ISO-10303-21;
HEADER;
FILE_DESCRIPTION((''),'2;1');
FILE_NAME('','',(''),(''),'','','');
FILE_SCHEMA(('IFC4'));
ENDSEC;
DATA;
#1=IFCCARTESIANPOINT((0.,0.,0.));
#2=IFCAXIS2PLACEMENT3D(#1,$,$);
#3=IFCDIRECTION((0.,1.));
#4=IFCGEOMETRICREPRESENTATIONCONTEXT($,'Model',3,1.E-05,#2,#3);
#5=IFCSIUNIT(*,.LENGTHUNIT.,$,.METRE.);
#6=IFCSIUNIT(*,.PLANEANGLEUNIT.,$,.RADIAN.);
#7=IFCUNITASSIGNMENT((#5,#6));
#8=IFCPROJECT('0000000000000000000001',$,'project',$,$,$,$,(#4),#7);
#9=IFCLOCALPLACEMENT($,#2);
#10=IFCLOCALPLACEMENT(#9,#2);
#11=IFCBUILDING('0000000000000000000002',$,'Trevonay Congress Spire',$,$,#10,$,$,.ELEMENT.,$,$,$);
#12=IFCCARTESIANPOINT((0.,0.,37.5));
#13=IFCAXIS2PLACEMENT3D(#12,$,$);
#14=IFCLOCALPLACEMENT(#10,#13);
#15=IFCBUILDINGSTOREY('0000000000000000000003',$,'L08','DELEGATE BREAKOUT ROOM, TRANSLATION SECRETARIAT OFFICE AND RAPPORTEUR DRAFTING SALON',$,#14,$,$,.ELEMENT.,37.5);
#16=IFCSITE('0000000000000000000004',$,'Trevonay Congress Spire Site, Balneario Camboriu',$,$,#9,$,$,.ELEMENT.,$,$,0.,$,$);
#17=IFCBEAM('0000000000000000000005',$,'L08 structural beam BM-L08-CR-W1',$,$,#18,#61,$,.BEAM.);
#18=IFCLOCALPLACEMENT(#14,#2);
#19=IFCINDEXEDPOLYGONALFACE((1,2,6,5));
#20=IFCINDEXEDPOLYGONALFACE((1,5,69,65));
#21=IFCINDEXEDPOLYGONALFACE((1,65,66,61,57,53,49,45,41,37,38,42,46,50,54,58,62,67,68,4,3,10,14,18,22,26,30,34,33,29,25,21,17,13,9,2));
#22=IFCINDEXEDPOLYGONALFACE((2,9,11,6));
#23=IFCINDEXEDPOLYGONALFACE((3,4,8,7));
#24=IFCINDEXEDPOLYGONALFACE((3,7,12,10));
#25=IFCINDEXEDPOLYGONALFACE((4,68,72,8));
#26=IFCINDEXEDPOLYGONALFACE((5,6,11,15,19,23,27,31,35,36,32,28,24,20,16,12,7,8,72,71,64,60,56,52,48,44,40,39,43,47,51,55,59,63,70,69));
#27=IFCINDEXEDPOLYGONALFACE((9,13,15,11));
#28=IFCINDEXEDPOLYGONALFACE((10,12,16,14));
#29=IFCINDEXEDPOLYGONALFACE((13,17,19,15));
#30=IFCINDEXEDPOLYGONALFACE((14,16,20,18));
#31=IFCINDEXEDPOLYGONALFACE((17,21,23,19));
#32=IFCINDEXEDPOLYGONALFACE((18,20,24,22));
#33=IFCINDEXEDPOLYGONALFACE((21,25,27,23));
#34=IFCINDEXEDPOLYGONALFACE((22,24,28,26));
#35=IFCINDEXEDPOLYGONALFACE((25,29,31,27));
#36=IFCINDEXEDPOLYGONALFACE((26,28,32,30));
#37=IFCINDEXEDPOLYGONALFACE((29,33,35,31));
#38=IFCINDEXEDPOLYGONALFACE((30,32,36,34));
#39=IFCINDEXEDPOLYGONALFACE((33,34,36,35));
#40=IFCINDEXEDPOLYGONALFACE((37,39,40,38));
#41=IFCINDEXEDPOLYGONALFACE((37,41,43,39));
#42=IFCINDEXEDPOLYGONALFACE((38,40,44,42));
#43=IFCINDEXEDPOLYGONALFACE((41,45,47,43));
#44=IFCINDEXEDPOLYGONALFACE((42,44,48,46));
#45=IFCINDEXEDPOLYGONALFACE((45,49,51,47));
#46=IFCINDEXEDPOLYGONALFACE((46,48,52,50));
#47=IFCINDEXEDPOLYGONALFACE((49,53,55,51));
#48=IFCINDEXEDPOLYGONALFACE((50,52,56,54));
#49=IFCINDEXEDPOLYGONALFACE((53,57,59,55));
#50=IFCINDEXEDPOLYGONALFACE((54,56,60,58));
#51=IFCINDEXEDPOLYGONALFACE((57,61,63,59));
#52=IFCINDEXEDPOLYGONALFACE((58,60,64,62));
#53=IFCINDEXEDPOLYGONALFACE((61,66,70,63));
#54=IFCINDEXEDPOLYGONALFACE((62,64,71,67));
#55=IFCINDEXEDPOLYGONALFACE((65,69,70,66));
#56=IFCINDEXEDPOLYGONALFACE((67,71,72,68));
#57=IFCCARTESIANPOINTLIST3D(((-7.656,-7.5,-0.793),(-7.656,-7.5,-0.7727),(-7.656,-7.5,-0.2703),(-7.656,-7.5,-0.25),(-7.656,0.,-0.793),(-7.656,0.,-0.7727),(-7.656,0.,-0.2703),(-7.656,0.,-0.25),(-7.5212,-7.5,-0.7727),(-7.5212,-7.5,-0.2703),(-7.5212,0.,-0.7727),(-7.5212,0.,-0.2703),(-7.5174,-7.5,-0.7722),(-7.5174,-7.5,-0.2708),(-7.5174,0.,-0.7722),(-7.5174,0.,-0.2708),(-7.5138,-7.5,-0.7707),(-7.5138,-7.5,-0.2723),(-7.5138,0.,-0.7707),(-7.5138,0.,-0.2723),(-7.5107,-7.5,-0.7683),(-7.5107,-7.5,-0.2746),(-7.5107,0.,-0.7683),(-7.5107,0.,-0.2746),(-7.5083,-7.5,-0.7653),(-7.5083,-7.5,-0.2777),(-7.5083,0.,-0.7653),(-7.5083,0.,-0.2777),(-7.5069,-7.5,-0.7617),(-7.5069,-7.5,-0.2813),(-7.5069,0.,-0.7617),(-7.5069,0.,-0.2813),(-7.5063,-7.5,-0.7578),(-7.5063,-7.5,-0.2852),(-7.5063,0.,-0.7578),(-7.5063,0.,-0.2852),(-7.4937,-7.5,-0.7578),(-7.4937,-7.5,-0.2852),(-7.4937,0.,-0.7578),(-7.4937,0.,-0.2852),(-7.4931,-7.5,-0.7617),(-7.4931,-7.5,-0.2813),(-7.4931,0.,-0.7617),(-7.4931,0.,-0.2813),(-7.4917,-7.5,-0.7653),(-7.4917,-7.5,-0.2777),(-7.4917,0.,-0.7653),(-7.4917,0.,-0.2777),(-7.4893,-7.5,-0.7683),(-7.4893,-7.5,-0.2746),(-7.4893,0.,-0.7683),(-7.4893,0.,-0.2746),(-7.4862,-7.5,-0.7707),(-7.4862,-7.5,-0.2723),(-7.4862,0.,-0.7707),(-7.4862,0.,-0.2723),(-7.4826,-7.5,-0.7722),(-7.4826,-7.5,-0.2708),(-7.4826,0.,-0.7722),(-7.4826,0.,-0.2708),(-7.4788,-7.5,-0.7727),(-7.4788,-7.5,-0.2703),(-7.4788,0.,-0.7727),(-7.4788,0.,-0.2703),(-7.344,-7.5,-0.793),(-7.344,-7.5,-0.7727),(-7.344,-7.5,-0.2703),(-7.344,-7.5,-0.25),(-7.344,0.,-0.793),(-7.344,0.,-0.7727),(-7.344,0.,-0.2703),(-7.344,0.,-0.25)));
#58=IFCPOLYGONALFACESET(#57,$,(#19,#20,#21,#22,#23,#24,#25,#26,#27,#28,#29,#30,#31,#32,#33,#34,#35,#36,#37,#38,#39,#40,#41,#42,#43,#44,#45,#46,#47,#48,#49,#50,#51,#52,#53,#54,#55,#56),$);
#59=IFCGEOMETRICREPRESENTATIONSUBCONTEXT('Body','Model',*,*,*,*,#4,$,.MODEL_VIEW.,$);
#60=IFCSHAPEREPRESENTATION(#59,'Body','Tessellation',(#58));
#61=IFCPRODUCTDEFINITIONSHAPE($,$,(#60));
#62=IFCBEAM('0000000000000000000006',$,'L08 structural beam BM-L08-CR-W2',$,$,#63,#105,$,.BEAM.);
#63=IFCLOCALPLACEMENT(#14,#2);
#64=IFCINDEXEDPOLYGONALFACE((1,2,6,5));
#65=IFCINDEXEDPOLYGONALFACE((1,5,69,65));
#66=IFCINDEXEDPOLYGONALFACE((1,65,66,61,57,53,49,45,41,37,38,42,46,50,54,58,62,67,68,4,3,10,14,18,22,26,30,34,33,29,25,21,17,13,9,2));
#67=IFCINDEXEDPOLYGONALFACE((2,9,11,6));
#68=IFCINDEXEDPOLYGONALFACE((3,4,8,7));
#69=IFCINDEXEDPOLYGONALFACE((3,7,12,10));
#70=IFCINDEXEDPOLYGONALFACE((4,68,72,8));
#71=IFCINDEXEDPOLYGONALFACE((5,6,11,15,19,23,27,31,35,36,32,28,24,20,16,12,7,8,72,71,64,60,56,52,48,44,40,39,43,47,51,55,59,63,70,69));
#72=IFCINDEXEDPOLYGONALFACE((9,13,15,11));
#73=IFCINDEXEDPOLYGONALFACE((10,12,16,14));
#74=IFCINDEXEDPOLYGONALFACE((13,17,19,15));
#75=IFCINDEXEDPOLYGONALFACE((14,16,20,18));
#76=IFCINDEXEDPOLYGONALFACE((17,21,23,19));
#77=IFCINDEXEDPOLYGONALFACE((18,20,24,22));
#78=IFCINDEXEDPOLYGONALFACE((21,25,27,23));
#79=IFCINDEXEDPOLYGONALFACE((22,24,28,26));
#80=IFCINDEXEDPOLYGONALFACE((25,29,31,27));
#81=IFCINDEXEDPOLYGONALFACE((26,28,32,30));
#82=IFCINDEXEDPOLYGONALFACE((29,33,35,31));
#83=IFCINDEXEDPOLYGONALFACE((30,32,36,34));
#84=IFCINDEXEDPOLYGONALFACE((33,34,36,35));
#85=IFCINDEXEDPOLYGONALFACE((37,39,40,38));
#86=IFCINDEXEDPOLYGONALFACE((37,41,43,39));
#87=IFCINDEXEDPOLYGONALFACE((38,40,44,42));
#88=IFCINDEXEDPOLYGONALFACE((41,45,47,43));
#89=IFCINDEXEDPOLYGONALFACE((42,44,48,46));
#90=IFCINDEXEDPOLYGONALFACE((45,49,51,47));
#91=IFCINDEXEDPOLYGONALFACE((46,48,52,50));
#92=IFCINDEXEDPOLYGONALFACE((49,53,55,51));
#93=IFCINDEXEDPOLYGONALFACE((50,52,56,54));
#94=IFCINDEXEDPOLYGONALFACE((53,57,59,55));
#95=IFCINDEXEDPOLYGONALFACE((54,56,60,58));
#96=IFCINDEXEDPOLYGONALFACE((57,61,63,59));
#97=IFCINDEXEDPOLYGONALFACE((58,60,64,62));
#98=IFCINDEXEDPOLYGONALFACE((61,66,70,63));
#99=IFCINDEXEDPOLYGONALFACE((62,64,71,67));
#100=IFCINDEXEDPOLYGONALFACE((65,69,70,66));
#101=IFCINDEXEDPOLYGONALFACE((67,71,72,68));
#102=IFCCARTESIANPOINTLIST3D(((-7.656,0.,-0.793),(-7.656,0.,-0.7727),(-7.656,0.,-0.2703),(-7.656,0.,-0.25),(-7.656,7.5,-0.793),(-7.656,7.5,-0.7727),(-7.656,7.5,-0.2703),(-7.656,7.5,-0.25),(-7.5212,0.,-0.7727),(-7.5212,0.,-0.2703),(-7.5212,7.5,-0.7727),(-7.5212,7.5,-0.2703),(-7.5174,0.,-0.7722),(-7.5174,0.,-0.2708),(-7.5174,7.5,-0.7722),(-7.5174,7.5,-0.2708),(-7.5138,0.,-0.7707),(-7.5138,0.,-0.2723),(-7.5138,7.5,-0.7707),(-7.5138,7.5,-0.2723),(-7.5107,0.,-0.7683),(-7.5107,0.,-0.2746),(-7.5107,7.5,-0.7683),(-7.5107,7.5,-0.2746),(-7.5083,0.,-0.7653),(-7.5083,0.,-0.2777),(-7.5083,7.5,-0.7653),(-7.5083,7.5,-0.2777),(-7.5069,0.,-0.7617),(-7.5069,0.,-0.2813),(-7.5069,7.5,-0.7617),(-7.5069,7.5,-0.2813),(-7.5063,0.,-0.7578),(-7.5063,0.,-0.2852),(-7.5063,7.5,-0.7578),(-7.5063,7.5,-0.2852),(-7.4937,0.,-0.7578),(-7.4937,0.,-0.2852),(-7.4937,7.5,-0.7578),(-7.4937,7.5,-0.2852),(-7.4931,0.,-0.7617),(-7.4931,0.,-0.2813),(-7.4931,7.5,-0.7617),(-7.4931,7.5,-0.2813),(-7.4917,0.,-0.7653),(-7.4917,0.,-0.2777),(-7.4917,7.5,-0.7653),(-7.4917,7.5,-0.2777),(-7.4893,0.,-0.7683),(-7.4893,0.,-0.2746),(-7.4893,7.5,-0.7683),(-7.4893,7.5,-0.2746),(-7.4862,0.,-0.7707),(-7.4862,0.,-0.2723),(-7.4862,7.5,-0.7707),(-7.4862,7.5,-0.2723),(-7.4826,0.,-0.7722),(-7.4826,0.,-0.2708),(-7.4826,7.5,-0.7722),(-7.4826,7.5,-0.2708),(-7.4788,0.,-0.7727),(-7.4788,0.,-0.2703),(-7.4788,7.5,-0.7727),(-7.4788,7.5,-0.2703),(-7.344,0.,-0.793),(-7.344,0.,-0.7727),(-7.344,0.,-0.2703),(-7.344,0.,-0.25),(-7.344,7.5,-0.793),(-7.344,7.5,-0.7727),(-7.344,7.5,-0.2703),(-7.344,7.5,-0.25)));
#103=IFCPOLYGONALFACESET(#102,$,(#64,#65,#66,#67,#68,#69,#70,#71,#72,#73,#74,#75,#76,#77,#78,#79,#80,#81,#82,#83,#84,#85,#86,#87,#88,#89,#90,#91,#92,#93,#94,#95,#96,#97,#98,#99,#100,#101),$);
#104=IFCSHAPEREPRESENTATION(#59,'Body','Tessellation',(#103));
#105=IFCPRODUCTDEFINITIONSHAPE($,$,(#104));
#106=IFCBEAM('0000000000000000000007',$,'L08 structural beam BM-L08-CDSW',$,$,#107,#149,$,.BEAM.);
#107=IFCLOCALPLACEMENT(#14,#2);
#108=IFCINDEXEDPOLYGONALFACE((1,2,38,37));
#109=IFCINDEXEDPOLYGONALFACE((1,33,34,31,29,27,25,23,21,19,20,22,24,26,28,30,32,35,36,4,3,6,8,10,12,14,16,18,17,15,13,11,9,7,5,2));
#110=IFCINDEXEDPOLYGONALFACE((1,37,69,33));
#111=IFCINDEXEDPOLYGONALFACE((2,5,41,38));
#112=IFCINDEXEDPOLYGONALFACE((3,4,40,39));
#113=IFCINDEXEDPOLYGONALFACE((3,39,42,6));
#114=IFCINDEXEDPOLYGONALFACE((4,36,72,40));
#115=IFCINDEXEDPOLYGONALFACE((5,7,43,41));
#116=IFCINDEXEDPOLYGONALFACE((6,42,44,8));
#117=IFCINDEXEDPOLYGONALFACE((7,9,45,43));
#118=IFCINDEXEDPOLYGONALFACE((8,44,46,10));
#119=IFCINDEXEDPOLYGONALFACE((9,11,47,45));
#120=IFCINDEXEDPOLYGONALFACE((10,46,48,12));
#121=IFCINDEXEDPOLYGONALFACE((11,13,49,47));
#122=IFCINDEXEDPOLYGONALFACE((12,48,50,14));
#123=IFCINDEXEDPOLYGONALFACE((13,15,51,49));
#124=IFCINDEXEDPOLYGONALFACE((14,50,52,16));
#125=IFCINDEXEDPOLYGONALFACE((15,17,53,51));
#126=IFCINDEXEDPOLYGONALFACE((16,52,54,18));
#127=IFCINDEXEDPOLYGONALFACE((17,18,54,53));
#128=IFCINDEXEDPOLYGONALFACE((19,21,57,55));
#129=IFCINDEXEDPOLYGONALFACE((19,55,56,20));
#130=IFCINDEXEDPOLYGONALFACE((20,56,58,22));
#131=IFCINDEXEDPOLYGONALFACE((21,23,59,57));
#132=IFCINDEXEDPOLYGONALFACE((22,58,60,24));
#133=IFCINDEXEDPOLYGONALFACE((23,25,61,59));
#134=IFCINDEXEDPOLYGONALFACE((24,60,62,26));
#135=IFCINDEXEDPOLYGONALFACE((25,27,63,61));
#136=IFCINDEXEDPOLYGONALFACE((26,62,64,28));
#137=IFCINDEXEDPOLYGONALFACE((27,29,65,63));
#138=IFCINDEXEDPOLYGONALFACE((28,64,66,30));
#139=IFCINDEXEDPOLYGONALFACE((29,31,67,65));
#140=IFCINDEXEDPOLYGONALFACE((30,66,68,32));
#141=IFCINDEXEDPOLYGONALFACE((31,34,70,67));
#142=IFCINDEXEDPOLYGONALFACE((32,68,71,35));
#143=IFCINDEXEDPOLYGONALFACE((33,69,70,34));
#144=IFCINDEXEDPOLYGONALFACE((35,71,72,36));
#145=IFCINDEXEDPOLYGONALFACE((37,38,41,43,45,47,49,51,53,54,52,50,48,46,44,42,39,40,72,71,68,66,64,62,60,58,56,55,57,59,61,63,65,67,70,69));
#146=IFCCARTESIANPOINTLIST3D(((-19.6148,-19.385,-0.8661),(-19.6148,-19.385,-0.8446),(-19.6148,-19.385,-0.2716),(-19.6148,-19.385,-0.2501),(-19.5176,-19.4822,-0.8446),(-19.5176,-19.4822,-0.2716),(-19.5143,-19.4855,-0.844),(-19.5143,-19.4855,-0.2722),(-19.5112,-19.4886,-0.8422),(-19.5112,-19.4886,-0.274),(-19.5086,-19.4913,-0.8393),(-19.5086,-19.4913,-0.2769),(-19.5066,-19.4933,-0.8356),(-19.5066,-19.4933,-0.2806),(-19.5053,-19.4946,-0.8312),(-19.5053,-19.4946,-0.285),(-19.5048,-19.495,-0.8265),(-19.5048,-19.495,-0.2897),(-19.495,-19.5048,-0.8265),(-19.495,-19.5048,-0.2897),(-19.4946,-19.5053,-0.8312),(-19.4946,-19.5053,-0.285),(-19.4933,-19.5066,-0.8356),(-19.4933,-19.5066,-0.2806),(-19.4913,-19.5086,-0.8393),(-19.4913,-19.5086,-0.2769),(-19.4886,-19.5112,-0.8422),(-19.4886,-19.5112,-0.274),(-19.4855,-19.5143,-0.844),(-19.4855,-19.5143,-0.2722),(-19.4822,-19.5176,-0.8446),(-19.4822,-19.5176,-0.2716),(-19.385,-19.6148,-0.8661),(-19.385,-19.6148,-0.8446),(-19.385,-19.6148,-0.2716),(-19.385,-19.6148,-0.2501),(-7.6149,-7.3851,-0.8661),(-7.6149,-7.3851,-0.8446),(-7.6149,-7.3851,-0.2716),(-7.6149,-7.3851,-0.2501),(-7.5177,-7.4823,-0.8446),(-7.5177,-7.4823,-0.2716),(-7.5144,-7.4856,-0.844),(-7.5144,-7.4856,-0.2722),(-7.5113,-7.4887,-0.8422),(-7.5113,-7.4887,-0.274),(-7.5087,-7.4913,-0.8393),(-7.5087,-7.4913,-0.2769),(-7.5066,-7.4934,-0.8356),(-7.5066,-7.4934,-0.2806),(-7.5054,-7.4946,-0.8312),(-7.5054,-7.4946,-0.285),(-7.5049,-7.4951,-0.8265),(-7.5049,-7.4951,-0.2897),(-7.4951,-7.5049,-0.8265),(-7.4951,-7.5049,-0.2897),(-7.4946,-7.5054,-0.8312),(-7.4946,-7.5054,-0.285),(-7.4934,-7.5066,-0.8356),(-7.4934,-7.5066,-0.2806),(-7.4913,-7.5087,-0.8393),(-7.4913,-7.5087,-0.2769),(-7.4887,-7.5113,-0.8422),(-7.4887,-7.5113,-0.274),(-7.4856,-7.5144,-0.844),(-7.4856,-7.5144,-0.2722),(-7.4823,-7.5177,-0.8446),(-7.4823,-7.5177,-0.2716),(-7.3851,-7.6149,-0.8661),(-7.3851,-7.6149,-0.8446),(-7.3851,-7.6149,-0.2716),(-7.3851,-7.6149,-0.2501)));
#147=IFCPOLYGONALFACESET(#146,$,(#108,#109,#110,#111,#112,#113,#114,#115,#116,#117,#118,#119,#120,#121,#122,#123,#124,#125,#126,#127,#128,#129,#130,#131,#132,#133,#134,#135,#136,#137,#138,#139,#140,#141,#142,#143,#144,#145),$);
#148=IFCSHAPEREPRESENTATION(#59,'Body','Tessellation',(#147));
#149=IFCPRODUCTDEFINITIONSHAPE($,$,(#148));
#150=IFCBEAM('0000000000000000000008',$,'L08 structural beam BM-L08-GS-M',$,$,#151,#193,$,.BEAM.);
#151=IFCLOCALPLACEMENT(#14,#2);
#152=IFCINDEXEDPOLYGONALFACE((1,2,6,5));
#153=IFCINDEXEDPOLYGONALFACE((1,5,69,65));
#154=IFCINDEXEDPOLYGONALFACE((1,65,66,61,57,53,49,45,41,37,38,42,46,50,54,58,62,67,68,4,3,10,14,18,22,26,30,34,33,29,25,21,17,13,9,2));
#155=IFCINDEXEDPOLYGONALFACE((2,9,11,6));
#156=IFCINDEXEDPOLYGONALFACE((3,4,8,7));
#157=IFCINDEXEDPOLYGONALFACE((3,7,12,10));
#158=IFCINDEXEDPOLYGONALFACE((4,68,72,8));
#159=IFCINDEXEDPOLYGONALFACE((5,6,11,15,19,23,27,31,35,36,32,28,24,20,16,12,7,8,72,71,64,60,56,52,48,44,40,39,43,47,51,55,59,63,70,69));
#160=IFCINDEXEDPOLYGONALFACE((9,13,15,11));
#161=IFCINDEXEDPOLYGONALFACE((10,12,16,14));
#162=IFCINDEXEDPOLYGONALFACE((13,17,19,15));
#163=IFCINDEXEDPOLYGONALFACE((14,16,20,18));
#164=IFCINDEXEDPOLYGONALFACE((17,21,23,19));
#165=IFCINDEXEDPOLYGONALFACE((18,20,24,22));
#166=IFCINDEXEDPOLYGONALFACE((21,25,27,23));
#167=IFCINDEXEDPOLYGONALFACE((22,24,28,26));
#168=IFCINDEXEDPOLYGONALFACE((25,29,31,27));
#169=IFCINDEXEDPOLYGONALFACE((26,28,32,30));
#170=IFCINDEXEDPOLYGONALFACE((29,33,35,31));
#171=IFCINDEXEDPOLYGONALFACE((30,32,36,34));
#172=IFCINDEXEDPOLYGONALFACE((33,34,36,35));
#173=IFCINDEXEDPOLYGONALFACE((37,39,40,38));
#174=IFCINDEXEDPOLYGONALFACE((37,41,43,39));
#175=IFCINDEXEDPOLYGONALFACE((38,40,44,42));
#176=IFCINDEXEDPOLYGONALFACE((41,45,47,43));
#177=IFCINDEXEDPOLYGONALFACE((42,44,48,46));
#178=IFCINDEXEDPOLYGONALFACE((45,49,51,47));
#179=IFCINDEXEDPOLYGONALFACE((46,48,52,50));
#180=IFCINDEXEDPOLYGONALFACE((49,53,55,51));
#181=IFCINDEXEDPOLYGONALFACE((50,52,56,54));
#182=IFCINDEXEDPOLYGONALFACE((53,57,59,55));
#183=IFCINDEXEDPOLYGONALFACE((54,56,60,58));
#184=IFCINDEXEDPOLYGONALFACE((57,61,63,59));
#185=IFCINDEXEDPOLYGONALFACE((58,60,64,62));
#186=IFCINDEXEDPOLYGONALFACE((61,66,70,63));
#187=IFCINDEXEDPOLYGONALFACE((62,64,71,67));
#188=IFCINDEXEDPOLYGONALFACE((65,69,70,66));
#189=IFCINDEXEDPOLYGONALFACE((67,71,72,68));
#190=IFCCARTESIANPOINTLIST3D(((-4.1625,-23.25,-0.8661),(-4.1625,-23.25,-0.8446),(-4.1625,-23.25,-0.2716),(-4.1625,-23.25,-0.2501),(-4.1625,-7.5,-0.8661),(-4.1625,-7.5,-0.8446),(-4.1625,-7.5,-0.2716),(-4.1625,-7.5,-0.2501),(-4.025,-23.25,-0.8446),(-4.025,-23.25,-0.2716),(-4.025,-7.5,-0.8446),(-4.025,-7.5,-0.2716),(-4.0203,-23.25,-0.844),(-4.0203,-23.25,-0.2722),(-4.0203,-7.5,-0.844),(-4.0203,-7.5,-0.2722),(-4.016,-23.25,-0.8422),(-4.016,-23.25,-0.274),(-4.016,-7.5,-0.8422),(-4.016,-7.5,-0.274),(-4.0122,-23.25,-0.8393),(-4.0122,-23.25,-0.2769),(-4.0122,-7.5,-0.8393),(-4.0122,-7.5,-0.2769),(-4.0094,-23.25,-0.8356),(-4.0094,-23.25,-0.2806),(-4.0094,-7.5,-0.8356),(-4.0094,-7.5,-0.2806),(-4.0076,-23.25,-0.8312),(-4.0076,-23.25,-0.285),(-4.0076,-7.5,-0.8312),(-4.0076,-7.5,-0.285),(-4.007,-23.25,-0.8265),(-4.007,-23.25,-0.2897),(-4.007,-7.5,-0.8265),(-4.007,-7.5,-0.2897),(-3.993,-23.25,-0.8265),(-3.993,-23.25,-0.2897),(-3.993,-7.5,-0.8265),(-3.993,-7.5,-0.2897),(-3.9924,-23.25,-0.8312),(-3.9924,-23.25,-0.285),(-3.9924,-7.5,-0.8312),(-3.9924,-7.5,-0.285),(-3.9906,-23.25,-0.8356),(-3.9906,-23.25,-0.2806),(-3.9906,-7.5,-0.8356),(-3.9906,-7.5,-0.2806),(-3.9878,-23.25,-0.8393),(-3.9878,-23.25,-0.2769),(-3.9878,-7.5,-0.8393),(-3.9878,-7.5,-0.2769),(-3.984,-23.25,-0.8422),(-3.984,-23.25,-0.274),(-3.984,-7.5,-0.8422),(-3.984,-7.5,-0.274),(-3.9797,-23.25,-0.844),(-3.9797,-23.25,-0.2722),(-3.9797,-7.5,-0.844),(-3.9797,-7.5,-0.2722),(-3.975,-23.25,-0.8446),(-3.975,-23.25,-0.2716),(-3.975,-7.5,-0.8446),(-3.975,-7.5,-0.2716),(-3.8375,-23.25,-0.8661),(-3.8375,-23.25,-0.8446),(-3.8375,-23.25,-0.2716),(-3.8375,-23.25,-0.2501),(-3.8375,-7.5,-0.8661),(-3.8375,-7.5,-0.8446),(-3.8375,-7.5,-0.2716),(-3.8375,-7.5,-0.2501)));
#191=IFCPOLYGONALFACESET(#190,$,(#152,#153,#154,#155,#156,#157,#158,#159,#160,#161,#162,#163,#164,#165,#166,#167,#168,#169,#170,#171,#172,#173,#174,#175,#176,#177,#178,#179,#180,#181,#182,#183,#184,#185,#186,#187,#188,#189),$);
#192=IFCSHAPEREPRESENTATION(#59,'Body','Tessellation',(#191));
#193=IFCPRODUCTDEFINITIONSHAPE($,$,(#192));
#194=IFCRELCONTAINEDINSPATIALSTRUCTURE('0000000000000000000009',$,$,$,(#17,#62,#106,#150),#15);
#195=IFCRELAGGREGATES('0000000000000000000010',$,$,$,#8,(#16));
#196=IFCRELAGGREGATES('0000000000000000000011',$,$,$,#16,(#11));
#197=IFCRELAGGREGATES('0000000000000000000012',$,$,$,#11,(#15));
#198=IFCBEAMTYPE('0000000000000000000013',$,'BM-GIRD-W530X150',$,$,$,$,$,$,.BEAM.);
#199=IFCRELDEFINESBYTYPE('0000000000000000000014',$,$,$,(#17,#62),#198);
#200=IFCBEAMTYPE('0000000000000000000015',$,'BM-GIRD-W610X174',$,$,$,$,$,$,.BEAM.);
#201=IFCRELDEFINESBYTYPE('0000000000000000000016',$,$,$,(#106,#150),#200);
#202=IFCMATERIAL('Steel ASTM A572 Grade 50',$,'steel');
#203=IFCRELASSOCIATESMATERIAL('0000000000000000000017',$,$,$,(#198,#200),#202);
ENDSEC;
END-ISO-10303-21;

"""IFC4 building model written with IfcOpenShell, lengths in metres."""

from ifc_helpers import new_model, si_unit, direction, frame, origin, origin_2d, place, context, subcontext, project, spatial, i_section, extrude, material, material_profile, profile_set, type_object, element, save


model = new_model("IFC4")

# Units and contexts
model_context = context("Model", 3, precision=1e-05, world=origin(), true_north=direction((0.0, 1.0)))
body_context = subcontext(model_context, "Body", "Model", "MODEL_VIEW")
ifc_project = project(units=[si_unit("LENGTHUNIT", "METRE"), si_unit("PLANEANGLEUNIT", "RADIAN")], contexts=[model_context])

# Site, building, storey
site_placement = place(None, origin())
site = spatial("IfcSite", under=ifc_project, at=site_placement, Name="Trevonay Congress Spire Site, Balneario Camboriu", CompositionType="ELEMENT", RefElevation=0.0)
building_placement = place(site_placement, origin())
building = spatial("IfcBuilding", under=site, at=building_placement, Name="Trevonay Congress Spire", CompositionType="ELEMENT")
storey_placement = place(building_placement, frame((0.0, 0.0, 37.5)))
storey = spatial("IfcBuildingStorey", under=building, at=storey_placement, Name="L08", Description="DELEGATE BREAKOUT ROOM, TRANSLATION SECRETARIAT OFFICE AND RAPPORTEUR DRAFTING SALON", CompositionType="ELEMENT", Elevation=37.5)

# Shared definitions
ifc_material_1 = material(Name="Steel ASTM A572 Grade 50", Category="steel")

# Beams
ifc_material_profile_1 = material_profile(ifc_material_1, i_section(OverallWidth=0.312, OverallDepth=0.543, WebThickness=0.0127, FlangeThickness=0.0203, FilletRadius=0.0149, at=origin_2d()), Name="W530x150")
ifc_profile_set_1 = profile_set([ifc_material_profile_1], Name="Steel ASTM A572 Grade 50")
beam_type_1 = type_object("IfcBeamType", Name="BM-GIRD-W530X150", PredefinedType="BEAM", material=ifc_profile_set_1)
for number, where, z_axis, x_axis, name in (
    (1, (-7.5, -7.5, -0.5215), (0.0, 1.0, 0.0), (-1.0, 0.0, 0.0), "L08 structural beam BM-L08-CR-W1"),
    (2, (-7.5, 0.0, -0.5215), (0.0, 1.0, 0.0), (-1.0, 0.0, 0.0), "L08 structural beam BM-L08-CR-W2"),
):
    element("IfcBeam", number, at=place(storey_placement, frame(where, z_axis=z_axis, x_axis=x_axis)), inside=storey, type_object=beam_type_1, Name=name, PredefinedType="BEAM", context=body_context, shape_type="SweptSolid", body=[
        extrude(i_section(OverallWidth=0.312, OverallDepth=0.543, WebThickness=0.0127, FlangeThickness=0.0203, FilletRadius=0.0149, at=origin_2d()), origin(), (0.0, 0.0, 1.0), 7.5),
    ])
ifc_material_profile_2 = material_profile(ifc_material_1, i_section(OverallWidth=0.325, OverallDepth=0.616, WebThickness=0.0139, FlangeThickness=0.0215, FilletRadius=0.0181, at=origin_2d()), Name="W610x174")
ifc_profile_set_2 = profile_set([ifc_material_profile_2], Name="Steel ASTM A572 Grade 50")
beam_type_2 = type_object("IfcBeamType", Name="BM-GIRD-W610X174", PredefinedType="BEAM", material=ifc_profile_set_2)
beam_1_placement = place(storey_placement, frame((-7.5, -7.5, -0.5581), z_axis=(-0.707107, -0.707107, 0.0), x_axis=(0.707107, -0.707107, 0.0)))
element("IfcBeam", 3, at=beam_1_placement, inside=storey, type_object=beam_type_2, Name="L08 structural beam BM-L08-CDSW", PredefinedType="BEAM", context=body_context, shape_type="SweptSolid", body=[
    extrude(i_section(OverallWidth=0.325, OverallDepth=0.616, WebThickness=0.0139, FlangeThickness=0.0215, FilletRadius=0.0181, at=origin_2d()), origin(), (0.0, 0.0, 1.0), 16.9705),
])
for number, where, z_axis, x_axis, name in (
    (4, (-4.0, -7.5, -0.5581), (0.0, -1.0, 0.0), (1.0, 0.0, 0.0), "L08 structural beam BM-L08-GS-M"),
):
    element("IfcBeam", number, at=place(storey_placement, frame(where, z_axis=z_axis, x_axis=x_axis)), inside=storey, type_object=beam_type_2, Name=name, PredefinedType="BEAM", context=body_context, shape_type="SweptSolid", body=[
        extrude(i_section(OverallWidth=0.325, OverallDepth=0.616, WebThickness=0.0139, FlangeThickness=0.0215, FilletRadius=0.0181, at=origin_2d()), origin(), (0.0, 0.0, 1.0), 15.75),
    ])

save(model, "model.ifc")
